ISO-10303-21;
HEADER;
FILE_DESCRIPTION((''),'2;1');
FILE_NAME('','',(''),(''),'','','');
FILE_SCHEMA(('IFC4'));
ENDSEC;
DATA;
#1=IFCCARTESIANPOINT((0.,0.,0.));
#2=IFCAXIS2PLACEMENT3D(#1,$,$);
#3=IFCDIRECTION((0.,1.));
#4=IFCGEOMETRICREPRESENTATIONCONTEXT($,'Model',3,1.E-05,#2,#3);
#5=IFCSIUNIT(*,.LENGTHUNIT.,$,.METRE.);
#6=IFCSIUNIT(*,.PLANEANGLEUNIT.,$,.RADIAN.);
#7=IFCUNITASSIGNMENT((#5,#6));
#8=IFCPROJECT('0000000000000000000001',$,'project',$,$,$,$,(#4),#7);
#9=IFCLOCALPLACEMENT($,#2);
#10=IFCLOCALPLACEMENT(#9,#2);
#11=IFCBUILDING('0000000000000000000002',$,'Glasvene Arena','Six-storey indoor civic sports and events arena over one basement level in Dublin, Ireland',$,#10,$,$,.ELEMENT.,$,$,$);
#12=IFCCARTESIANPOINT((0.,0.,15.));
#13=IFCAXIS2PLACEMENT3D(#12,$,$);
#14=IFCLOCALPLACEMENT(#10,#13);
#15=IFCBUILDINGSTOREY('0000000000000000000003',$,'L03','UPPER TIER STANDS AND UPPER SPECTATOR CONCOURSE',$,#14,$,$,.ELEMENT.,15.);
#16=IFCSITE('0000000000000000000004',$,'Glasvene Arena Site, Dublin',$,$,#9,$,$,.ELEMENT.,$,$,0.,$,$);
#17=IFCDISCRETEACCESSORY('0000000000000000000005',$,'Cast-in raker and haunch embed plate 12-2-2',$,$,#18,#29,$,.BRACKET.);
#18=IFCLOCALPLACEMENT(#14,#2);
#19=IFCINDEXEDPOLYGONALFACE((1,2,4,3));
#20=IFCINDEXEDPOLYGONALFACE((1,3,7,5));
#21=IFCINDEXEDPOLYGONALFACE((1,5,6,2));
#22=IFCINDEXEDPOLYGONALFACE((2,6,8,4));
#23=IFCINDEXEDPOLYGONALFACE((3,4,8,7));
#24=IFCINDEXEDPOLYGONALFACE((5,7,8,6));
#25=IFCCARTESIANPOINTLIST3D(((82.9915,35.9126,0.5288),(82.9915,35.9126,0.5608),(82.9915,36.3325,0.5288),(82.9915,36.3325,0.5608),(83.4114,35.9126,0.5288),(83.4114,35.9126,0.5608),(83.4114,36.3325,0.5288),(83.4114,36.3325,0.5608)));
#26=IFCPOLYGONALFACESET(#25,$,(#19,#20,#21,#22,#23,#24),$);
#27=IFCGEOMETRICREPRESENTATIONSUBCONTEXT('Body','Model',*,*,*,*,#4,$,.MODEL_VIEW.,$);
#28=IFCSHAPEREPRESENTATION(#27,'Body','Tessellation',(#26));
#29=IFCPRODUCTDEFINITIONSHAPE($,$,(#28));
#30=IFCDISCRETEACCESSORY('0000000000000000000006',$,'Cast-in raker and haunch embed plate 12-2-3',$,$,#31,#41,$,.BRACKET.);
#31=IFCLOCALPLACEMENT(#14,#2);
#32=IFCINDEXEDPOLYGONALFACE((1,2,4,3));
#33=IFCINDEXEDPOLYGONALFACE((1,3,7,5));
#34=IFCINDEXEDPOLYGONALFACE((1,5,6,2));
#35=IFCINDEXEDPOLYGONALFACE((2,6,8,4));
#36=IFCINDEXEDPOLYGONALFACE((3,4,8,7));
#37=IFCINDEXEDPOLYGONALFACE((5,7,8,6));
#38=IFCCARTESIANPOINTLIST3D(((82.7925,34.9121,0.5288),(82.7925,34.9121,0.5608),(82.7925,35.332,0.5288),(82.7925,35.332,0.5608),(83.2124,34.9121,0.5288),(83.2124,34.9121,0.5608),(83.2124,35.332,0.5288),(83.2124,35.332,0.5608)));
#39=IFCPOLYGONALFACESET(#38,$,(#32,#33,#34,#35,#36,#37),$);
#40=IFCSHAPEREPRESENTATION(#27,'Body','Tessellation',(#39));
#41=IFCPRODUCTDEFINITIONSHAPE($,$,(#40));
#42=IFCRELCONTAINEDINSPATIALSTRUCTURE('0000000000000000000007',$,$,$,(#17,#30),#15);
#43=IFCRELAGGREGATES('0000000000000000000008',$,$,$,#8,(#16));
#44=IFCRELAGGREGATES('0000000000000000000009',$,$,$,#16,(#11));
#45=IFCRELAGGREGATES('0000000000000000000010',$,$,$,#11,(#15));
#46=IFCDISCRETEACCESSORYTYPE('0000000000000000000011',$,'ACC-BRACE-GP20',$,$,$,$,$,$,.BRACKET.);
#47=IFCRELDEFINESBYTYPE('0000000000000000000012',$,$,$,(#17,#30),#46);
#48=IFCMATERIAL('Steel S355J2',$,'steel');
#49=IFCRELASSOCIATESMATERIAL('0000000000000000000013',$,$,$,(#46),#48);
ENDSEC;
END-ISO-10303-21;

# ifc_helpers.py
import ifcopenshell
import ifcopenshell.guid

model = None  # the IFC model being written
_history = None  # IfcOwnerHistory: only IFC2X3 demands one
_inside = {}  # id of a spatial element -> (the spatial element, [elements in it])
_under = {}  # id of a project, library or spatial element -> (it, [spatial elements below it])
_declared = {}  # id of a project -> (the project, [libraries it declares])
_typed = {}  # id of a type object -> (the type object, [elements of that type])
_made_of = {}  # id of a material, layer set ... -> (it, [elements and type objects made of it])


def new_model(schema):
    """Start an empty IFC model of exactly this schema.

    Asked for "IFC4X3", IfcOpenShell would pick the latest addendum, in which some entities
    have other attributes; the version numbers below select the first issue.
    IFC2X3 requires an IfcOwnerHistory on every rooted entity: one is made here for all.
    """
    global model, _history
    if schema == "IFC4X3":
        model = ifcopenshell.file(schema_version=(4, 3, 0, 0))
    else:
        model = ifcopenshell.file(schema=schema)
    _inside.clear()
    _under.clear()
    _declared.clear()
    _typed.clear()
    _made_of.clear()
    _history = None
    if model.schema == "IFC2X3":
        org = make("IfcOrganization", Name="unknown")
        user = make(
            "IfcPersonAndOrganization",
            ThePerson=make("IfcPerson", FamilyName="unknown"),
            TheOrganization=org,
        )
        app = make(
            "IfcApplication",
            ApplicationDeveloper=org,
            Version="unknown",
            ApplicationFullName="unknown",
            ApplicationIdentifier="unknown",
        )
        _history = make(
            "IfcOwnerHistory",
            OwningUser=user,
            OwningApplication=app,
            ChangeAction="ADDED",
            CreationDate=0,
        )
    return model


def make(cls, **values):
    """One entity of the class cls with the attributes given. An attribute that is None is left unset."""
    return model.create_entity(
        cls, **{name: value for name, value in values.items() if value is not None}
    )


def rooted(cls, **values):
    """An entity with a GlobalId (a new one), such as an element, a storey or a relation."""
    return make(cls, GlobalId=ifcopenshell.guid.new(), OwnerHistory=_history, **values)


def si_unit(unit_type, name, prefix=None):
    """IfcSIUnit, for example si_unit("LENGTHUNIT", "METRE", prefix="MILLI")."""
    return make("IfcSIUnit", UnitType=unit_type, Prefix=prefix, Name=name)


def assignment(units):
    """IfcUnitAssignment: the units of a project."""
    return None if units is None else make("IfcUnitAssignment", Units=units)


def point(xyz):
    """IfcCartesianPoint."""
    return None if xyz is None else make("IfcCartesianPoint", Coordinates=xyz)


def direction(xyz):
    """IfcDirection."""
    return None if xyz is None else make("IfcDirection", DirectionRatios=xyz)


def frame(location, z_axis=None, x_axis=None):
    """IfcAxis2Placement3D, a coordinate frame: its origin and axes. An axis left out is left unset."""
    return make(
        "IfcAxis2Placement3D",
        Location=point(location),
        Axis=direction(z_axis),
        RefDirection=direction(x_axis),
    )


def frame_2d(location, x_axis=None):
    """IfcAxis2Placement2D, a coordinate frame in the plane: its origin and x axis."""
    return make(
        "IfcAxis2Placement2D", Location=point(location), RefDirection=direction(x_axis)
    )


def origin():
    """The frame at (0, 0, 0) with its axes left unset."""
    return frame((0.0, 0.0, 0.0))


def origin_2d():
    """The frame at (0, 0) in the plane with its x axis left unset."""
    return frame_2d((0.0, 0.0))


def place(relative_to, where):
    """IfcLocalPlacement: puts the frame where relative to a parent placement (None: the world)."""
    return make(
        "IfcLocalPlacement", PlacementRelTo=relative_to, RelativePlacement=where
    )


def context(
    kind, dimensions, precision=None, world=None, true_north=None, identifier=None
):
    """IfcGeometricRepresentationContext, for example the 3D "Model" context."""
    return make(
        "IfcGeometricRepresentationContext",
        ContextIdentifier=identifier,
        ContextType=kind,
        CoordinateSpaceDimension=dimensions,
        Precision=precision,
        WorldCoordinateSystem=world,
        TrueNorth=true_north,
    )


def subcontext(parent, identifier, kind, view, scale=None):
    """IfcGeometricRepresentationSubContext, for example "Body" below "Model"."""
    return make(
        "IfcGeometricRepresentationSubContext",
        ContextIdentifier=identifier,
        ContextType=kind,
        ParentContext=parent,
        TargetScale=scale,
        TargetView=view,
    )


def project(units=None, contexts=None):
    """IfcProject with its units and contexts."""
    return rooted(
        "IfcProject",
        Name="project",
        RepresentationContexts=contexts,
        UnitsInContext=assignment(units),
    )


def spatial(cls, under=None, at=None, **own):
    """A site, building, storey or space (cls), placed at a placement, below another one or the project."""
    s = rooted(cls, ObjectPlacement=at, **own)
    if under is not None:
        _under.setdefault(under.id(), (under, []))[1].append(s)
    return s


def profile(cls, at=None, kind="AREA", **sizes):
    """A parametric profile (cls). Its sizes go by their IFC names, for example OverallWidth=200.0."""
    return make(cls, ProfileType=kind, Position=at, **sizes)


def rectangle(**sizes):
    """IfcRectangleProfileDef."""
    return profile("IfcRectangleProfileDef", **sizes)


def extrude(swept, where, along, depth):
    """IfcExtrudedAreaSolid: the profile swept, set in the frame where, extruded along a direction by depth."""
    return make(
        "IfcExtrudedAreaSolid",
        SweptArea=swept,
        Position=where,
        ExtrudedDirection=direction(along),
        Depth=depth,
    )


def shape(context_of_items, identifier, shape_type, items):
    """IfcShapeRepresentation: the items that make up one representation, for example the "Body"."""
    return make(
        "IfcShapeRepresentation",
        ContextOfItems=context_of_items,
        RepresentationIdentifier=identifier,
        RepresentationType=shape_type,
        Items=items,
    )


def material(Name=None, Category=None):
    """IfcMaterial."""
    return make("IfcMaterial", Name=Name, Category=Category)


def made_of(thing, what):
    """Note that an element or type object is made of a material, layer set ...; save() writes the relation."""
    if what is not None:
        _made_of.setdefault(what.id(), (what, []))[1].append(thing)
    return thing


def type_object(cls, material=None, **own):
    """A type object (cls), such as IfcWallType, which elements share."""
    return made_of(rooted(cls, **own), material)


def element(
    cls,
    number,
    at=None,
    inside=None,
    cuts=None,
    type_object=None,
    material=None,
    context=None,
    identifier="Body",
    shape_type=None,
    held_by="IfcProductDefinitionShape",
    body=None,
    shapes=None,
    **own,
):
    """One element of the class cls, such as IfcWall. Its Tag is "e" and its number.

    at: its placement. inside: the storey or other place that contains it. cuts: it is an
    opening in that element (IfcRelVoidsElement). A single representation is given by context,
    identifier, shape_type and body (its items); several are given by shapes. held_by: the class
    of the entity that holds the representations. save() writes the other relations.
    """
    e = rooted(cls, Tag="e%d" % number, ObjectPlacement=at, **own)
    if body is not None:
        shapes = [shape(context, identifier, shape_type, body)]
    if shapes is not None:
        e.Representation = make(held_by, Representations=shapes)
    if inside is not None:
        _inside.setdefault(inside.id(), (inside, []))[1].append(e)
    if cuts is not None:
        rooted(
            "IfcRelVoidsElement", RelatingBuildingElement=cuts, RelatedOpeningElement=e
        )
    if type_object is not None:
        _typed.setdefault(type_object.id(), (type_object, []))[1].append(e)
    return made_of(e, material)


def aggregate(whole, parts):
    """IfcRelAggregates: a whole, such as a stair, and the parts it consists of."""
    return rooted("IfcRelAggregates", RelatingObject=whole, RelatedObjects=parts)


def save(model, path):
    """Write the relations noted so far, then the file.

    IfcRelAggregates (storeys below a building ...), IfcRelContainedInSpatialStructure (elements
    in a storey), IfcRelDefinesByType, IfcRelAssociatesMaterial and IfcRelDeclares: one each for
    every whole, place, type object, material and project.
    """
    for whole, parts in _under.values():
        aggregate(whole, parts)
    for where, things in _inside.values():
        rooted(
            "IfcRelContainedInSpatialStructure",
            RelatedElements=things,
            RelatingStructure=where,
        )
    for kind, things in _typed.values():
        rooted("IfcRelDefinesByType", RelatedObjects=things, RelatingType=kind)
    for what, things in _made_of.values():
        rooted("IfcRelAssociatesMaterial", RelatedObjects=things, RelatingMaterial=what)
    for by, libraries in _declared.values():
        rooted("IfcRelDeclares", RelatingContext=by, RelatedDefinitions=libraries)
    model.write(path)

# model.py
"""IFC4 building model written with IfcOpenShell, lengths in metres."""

from ifc_helpers import new_model, si_unit, direction, frame, origin, origin_2d, place, context, subcontext, project, spatial, rectangle, extrude, material, type_object, element, save


model = new_model("IFC4")

# Units and contexts
model_context = context("Model", 3, precision=1e-05, world=origin(), true_north=direction((0.0, 1.0)))
body_context = subcontext(model_context, "Body", "Model", "MODEL_VIEW")
ifc_project = project(units=[si_unit("LENGTHUNIT", "METRE"), si_unit("PLANEANGLEUNIT", "RADIAN")], contexts=[model_context])

# Site, building, storey
site_placement = place(None, origin())
site = spatial("IfcSite", under=ifc_project, at=site_placement, Name="Glasvene Arena Site, Dublin", CompositionType="ELEMENT", RefElevation=0.0)
building_placement = place(site_placement, origin())
building = spatial("IfcBuilding", under=site, at=building_placement, Name="Glasvene Arena", Description="Six-storey indoor civic sports and events arena over one basement level in Dublin, Ireland", CompositionType="ELEMENT")
storey_placement = place(building_placement, frame((0.0, 0.0, 15.0)))
storey = spatial("IfcBuildingStorey", under=building, at=storey_placement, Name="L03", Description="UPPER TIER STANDS AND UPPER SPECTATOR CONCOURSE", CompositionType="ELEMENT", Elevation=15.0)

# Shared definitions
ifc_material_1 = material(Name="Steel S355J2", Category="steel")

# Discrete accessories
discrete_accessory_type = type_object("IfcDiscreteAccessoryType", Name="ACC-BRACE-GP20", PredefinedType="BRACKET", material=ifc_material_1)
for number, where, z_axis, x_axis, name in (
    (1, (83.2014, 36.1226, 0.5288), (0.0, 0.0, 1.0), (1.0, 0.0, 0.0), "Cast-in raker and haunch embed plate 12-2-2"),
    (2, (83.0024, 35.1221, 0.5288), (0.0, 0.0, 1.0), (1.0, 0.0, 0.0), "Cast-in raker and haunch embed plate 12-2-3"),
):
    element("IfcDiscreteAccessory", number, at=place(storey_placement, frame(where, z_axis=z_axis, x_axis=x_axis)), inside=storey, type_object=discrete_accessory_type, Name=name, PredefinedType="BRACKET", context=body_context, shape_type="SweptSolid", body=[
        extrude(rectangle(XDim=0.4199, YDim=0.4199, at=origin_2d()), origin(), (0.0, 0.0, 1.0), 0.032),
    ])

save(model, "model.ifc")
